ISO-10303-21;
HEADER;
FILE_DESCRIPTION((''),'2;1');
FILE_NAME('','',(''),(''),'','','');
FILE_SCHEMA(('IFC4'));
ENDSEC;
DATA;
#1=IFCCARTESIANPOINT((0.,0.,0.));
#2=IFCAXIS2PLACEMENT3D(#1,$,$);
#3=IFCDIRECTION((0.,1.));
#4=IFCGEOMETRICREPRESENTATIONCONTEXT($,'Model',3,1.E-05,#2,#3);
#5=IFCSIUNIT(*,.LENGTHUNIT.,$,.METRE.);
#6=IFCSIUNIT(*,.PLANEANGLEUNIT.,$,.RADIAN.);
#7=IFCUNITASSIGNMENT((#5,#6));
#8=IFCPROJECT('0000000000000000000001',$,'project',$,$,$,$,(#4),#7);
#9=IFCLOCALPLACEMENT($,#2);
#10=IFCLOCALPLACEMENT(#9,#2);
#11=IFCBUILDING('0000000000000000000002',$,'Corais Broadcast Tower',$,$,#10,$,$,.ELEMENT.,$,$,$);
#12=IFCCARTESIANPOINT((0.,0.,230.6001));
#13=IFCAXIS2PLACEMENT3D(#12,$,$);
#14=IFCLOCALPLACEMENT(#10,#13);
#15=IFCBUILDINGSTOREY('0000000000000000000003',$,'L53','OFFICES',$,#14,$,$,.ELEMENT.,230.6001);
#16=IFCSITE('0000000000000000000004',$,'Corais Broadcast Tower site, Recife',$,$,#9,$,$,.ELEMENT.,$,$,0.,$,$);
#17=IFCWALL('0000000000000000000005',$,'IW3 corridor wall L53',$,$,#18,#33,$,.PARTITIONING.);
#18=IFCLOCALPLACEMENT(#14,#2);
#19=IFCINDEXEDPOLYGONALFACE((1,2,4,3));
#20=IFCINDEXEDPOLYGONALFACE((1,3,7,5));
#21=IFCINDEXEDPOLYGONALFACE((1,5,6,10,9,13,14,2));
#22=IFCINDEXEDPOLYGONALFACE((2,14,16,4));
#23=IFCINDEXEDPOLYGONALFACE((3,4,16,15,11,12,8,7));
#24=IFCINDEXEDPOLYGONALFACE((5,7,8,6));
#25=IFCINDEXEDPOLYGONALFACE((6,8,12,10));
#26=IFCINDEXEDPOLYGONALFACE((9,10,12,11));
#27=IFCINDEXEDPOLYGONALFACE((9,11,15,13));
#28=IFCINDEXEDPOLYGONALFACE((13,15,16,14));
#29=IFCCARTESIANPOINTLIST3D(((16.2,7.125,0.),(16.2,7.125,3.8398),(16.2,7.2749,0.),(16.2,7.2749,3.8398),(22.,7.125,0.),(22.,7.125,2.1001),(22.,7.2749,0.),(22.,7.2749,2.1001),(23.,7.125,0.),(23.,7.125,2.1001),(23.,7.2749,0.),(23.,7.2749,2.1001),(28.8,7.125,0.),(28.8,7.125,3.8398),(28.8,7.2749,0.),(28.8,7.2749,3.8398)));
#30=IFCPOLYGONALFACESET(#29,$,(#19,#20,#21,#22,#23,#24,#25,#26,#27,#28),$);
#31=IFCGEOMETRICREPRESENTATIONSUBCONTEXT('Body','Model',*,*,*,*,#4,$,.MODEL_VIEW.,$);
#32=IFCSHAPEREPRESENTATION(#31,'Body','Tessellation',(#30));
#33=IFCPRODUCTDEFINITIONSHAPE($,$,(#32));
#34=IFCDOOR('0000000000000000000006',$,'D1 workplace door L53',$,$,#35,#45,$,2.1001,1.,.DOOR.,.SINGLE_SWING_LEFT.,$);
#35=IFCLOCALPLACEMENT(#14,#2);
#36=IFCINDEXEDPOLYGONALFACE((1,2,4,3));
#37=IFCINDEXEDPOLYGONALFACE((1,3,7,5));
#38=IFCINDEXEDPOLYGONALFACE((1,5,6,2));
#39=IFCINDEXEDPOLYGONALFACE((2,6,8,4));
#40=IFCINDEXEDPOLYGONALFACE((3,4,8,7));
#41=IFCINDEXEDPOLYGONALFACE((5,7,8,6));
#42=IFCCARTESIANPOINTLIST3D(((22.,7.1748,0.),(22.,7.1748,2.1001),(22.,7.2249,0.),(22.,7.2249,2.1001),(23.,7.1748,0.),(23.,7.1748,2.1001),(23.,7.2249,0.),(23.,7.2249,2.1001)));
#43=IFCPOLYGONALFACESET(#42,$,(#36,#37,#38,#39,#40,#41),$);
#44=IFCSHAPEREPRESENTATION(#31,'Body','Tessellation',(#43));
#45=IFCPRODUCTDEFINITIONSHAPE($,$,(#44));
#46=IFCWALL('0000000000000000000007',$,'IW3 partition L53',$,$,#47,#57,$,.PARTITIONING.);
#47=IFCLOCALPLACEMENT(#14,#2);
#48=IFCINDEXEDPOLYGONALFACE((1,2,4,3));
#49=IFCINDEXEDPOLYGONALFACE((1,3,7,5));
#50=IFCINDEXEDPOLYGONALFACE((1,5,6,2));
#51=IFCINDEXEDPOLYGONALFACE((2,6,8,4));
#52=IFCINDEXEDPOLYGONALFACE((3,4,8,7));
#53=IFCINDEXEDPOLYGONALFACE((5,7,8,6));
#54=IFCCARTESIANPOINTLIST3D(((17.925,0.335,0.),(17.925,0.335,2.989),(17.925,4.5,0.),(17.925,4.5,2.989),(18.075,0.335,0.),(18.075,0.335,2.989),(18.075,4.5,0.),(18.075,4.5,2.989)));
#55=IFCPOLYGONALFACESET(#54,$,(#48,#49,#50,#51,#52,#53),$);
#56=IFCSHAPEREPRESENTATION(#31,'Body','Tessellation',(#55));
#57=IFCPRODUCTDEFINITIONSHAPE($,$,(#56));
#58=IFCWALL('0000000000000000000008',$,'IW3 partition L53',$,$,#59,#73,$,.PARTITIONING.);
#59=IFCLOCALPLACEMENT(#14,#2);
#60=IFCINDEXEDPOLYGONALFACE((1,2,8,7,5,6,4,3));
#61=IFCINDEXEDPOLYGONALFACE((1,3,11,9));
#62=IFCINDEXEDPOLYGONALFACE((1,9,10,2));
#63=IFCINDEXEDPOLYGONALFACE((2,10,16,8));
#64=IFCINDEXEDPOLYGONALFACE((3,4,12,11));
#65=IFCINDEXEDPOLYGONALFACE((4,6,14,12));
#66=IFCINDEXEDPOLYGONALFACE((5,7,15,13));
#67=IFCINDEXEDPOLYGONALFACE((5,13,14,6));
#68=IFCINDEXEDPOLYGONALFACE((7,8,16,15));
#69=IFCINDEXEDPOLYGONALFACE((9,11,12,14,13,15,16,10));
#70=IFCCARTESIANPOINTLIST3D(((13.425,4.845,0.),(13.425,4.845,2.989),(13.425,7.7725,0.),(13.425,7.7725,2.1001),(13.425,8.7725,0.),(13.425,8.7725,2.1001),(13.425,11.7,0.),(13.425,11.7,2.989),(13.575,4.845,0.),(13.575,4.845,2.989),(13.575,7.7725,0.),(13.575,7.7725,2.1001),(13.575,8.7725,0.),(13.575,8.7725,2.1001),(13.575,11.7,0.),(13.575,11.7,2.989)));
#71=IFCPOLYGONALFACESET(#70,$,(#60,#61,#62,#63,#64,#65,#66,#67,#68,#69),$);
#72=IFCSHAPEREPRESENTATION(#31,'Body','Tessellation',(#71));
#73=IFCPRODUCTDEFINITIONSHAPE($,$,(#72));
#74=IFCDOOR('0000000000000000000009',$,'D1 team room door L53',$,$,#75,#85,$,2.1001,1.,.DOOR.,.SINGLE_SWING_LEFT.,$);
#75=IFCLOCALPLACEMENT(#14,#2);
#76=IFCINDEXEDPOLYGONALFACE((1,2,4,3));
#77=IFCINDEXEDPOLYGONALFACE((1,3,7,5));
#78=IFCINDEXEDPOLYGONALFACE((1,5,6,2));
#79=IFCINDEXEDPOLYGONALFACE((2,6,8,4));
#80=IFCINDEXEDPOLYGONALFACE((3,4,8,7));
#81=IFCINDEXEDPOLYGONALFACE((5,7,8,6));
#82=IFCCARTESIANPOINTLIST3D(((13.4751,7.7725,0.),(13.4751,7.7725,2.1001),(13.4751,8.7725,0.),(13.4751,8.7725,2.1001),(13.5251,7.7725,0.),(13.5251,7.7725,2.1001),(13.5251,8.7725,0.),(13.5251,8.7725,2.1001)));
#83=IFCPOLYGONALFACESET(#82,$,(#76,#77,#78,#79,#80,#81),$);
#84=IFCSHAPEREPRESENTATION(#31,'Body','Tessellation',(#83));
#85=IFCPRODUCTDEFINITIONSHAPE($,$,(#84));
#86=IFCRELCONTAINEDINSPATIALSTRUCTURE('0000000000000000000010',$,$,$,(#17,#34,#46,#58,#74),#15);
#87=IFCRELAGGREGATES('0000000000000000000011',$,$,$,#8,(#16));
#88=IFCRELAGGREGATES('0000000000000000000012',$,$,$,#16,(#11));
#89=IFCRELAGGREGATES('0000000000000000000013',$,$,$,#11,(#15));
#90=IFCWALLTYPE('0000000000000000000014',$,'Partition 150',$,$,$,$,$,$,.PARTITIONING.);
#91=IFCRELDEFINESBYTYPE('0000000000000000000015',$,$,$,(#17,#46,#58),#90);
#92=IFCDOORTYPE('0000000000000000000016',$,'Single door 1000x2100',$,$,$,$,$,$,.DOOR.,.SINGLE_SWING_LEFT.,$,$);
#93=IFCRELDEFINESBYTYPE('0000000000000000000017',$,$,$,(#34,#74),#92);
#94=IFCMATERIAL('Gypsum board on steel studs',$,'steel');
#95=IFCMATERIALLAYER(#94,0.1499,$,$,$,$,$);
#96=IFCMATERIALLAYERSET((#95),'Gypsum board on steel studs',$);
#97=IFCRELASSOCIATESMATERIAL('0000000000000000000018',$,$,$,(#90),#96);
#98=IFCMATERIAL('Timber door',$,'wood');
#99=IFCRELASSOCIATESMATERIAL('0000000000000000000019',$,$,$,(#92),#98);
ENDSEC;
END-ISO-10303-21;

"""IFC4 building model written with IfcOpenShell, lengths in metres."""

from ifc_helpers import new_model, si_unit, direction, frame, frame_2d, origin, place, context, subcontext, project, spatial, rectangle, extrude, material, layer, layer_set, type_object, element, fill, save


model = new_model("IFC4")

# Units and contexts
model_context = context("Model", 3, precision=1e-05, world=origin(), true_north=direction((0.0, 1.0)))
body_context = subcontext(model_context, "Body", "Model", "MODEL_VIEW")
ifc_project = project(units=[si_unit("LENGTHUNIT", "METRE"), si_unit("PLANEANGLEUNIT", "RADIAN")], contexts=[model_context])

# Site, building, storey
site_placement = place(None, origin())
site = spatial("IfcSite", under=ifc_project, at=site_placement, Name="Corais Broadcast Tower site, Recife", CompositionType="ELEMENT", RefElevation=0.0)
building_placement = place(site_placement, origin())
building = spatial("IfcBuilding", under=site, at=building_placement, Name="Corais Broadcast Tower", CompositionType="ELEMENT")
storey_placement = place(building_placement, frame((0.0, 0.0, 230.6001)))
storey = spatial("IfcBuildingStorey", under=building, at=storey_placement, Name="L53", Description="OFFICES", CompositionType="ELEMENT", Elevation=230.6001)

# Wall, opening, door
ifc_material_1 = material(Name="Gypsum board on steel studs", Category="steel")
ifc_layer_1 = layer(ifc_material_1, 0.1499)
ifc_layer_set_1 = layer_set([ifc_layer_1], Name="Gypsum board on steel studs")
wall_type = type_object("IfcWallType", Name="Partition 150", PredefinedType="PARTITIONING", material=ifc_layer_set_1)
wall_1_placement = place(storey_placement, frame((16.2, 7.2, 0.0), z_axis=(0.0, 0.0, 1.0), x_axis=(1.0, 0.0, 0.0)))
wall_1 = element("IfcWall", 1, at=wall_1_placement, inside=storey, type_object=wall_type, Name="IW3 corridor wall L53", PredefinedType="PARTITIONING", context=body_context, shape_type="SweptSolid", body=[
    extrude(rectangle(XDim=12.6001, YDim=0.1499, at=frame_2d((6.3, 0.0))), origin(), (0.0, 0.0, 1.0), 3.8398),
])
opening_1_placement = place(wall_1_placement, frame((5.8, 0.0, 0.0)))
opening_1 = element("IfcOpeningElement", 2, at=opening_1_placement, cuts=wall_1, PredefinedType="OPENING", context=body_context, shape_type="SweptSolid", body=[
    extrude(rectangle(XDim=1.0, YDim=2.1001, at=frame_2d((0.5, 1.05))), frame((0.0, 0.085, 0.0), z_axis=(0.0, -1.0, 0.0), x_axis=(1.0, 0.0, 0.0)), (0.0, 0.0, 1.0), 0.1699),
])
ifc_material_2 = material(Name="Timber door", Category="wood")
door_type = type_object("IfcDoorType", Name="Single door 1000x2100", OperationType="SINGLE_SWING_LEFT", PredefinedType="DOOR", material=ifc_material_2)
door_1_placement = place(opening_1_placement, origin())
door_1 = element("IfcDoor", 3, at=door_1_placement, inside=storey, type_object=door_type, Name="D1 workplace door L53", OperationType="SINGLE_SWING_LEFT", OverallHeight=2.1001, OverallWidth=1.0, PredefinedType="DOOR", context=body_context, shape_type="SweptSolid", body=[
    extrude(rectangle(XDim=1.0, YDim=2.1001, at=frame_2d((0.5, 1.05))), frame((0.0, 0.0249, 0.0), z_axis=(0.0, -1.0, 0.0), x_axis=(1.0, 0.0, 0.0)), (0.0, 0.0, 1.0), 0.05),
])
fill(opening_1, door_1)

# Wall
wall_2_placement = place(storey_placement, frame((18.0, 4.5, 0.0), z_axis=(0.0, 0.0, 1.0), x_axis=(0.0, -1.0, 0.0)))
element("IfcWall", 4, at=wall_2_placement, inside=storey, type_object=wall_type, Name="IW3 partition L53", PredefinedType="PARTITIONING", context=body_context, shape_type="SweptSolid", body=[
    extrude(rectangle(XDim=4.165, YDim=0.1499, at=frame_2d((2.0825, 0.0))), origin(), (0.0, 0.0, 1.0), 2.989),
])

# Wall, opening, door
wall_3_placement = place(storey_placement, frame((13.5, 4.845, 0.0), z_axis=(0.0, 0.0, 1.0), x_axis=(0.0, 1.0, 0.0)))
wall_3 = element("IfcWall", 5, at=wall_3_placement, inside=storey, type_object=wall_type, Name="IW3 partition L53", PredefinedType="PARTITIONING", context=body_context, shape_type="SweptSolid", body=[
    extrude(rectangle(XDim=6.855, YDim=0.1499, at=frame_2d((3.4275, 0.0))), origin(), (0.0, 0.0, 1.0), 2.989),
])
opening_2_placement = place(wall_3_placement, frame((2.9275, 0.0, 0.0)))
opening_2 = element("IfcOpeningElement", 6, at=opening_2_placement, cuts=wall_3, PredefinedType="OPENING", context=body_context, shape_type="SweptSolid", body=[
    extrude(rectangle(XDim=1.0, YDim=2.1001, at=frame_2d((0.5, 1.05))), frame((0.0, 0.085, 0.0), z_axis=(0.0, -1.0, 0.0), x_axis=(1.0, 0.0, 0.0)), (0.0, 0.0, 1.0), 0.1699),
])
door_2_placement = place(opening_2_placement, origin())
door_2 = element("IfcDoor", 7, at=door_2_placement, inside=storey, type_object=door_type, Name="D1 team room door L53", OperationType="SINGLE_SWING_LEFT", OverallHeight=2.1001, OverallWidth=1.0, PredefinedType="DOOR", context=body_context, shape_type="SweptSolid", body=[
    extrude(rectangle(XDim=1.0, YDim=2.1001, at=frame_2d((0.5, 1.05))), frame((0.0, 0.0249, 0.0), z_axis=(0.0, -1.0, 0.0), x_axis=(1.0, 0.0, 0.0)), (0.0, 0.0, 1.0), 0.05),
])
fill(opening_2, door_2)

save(model, "model.ifc")
